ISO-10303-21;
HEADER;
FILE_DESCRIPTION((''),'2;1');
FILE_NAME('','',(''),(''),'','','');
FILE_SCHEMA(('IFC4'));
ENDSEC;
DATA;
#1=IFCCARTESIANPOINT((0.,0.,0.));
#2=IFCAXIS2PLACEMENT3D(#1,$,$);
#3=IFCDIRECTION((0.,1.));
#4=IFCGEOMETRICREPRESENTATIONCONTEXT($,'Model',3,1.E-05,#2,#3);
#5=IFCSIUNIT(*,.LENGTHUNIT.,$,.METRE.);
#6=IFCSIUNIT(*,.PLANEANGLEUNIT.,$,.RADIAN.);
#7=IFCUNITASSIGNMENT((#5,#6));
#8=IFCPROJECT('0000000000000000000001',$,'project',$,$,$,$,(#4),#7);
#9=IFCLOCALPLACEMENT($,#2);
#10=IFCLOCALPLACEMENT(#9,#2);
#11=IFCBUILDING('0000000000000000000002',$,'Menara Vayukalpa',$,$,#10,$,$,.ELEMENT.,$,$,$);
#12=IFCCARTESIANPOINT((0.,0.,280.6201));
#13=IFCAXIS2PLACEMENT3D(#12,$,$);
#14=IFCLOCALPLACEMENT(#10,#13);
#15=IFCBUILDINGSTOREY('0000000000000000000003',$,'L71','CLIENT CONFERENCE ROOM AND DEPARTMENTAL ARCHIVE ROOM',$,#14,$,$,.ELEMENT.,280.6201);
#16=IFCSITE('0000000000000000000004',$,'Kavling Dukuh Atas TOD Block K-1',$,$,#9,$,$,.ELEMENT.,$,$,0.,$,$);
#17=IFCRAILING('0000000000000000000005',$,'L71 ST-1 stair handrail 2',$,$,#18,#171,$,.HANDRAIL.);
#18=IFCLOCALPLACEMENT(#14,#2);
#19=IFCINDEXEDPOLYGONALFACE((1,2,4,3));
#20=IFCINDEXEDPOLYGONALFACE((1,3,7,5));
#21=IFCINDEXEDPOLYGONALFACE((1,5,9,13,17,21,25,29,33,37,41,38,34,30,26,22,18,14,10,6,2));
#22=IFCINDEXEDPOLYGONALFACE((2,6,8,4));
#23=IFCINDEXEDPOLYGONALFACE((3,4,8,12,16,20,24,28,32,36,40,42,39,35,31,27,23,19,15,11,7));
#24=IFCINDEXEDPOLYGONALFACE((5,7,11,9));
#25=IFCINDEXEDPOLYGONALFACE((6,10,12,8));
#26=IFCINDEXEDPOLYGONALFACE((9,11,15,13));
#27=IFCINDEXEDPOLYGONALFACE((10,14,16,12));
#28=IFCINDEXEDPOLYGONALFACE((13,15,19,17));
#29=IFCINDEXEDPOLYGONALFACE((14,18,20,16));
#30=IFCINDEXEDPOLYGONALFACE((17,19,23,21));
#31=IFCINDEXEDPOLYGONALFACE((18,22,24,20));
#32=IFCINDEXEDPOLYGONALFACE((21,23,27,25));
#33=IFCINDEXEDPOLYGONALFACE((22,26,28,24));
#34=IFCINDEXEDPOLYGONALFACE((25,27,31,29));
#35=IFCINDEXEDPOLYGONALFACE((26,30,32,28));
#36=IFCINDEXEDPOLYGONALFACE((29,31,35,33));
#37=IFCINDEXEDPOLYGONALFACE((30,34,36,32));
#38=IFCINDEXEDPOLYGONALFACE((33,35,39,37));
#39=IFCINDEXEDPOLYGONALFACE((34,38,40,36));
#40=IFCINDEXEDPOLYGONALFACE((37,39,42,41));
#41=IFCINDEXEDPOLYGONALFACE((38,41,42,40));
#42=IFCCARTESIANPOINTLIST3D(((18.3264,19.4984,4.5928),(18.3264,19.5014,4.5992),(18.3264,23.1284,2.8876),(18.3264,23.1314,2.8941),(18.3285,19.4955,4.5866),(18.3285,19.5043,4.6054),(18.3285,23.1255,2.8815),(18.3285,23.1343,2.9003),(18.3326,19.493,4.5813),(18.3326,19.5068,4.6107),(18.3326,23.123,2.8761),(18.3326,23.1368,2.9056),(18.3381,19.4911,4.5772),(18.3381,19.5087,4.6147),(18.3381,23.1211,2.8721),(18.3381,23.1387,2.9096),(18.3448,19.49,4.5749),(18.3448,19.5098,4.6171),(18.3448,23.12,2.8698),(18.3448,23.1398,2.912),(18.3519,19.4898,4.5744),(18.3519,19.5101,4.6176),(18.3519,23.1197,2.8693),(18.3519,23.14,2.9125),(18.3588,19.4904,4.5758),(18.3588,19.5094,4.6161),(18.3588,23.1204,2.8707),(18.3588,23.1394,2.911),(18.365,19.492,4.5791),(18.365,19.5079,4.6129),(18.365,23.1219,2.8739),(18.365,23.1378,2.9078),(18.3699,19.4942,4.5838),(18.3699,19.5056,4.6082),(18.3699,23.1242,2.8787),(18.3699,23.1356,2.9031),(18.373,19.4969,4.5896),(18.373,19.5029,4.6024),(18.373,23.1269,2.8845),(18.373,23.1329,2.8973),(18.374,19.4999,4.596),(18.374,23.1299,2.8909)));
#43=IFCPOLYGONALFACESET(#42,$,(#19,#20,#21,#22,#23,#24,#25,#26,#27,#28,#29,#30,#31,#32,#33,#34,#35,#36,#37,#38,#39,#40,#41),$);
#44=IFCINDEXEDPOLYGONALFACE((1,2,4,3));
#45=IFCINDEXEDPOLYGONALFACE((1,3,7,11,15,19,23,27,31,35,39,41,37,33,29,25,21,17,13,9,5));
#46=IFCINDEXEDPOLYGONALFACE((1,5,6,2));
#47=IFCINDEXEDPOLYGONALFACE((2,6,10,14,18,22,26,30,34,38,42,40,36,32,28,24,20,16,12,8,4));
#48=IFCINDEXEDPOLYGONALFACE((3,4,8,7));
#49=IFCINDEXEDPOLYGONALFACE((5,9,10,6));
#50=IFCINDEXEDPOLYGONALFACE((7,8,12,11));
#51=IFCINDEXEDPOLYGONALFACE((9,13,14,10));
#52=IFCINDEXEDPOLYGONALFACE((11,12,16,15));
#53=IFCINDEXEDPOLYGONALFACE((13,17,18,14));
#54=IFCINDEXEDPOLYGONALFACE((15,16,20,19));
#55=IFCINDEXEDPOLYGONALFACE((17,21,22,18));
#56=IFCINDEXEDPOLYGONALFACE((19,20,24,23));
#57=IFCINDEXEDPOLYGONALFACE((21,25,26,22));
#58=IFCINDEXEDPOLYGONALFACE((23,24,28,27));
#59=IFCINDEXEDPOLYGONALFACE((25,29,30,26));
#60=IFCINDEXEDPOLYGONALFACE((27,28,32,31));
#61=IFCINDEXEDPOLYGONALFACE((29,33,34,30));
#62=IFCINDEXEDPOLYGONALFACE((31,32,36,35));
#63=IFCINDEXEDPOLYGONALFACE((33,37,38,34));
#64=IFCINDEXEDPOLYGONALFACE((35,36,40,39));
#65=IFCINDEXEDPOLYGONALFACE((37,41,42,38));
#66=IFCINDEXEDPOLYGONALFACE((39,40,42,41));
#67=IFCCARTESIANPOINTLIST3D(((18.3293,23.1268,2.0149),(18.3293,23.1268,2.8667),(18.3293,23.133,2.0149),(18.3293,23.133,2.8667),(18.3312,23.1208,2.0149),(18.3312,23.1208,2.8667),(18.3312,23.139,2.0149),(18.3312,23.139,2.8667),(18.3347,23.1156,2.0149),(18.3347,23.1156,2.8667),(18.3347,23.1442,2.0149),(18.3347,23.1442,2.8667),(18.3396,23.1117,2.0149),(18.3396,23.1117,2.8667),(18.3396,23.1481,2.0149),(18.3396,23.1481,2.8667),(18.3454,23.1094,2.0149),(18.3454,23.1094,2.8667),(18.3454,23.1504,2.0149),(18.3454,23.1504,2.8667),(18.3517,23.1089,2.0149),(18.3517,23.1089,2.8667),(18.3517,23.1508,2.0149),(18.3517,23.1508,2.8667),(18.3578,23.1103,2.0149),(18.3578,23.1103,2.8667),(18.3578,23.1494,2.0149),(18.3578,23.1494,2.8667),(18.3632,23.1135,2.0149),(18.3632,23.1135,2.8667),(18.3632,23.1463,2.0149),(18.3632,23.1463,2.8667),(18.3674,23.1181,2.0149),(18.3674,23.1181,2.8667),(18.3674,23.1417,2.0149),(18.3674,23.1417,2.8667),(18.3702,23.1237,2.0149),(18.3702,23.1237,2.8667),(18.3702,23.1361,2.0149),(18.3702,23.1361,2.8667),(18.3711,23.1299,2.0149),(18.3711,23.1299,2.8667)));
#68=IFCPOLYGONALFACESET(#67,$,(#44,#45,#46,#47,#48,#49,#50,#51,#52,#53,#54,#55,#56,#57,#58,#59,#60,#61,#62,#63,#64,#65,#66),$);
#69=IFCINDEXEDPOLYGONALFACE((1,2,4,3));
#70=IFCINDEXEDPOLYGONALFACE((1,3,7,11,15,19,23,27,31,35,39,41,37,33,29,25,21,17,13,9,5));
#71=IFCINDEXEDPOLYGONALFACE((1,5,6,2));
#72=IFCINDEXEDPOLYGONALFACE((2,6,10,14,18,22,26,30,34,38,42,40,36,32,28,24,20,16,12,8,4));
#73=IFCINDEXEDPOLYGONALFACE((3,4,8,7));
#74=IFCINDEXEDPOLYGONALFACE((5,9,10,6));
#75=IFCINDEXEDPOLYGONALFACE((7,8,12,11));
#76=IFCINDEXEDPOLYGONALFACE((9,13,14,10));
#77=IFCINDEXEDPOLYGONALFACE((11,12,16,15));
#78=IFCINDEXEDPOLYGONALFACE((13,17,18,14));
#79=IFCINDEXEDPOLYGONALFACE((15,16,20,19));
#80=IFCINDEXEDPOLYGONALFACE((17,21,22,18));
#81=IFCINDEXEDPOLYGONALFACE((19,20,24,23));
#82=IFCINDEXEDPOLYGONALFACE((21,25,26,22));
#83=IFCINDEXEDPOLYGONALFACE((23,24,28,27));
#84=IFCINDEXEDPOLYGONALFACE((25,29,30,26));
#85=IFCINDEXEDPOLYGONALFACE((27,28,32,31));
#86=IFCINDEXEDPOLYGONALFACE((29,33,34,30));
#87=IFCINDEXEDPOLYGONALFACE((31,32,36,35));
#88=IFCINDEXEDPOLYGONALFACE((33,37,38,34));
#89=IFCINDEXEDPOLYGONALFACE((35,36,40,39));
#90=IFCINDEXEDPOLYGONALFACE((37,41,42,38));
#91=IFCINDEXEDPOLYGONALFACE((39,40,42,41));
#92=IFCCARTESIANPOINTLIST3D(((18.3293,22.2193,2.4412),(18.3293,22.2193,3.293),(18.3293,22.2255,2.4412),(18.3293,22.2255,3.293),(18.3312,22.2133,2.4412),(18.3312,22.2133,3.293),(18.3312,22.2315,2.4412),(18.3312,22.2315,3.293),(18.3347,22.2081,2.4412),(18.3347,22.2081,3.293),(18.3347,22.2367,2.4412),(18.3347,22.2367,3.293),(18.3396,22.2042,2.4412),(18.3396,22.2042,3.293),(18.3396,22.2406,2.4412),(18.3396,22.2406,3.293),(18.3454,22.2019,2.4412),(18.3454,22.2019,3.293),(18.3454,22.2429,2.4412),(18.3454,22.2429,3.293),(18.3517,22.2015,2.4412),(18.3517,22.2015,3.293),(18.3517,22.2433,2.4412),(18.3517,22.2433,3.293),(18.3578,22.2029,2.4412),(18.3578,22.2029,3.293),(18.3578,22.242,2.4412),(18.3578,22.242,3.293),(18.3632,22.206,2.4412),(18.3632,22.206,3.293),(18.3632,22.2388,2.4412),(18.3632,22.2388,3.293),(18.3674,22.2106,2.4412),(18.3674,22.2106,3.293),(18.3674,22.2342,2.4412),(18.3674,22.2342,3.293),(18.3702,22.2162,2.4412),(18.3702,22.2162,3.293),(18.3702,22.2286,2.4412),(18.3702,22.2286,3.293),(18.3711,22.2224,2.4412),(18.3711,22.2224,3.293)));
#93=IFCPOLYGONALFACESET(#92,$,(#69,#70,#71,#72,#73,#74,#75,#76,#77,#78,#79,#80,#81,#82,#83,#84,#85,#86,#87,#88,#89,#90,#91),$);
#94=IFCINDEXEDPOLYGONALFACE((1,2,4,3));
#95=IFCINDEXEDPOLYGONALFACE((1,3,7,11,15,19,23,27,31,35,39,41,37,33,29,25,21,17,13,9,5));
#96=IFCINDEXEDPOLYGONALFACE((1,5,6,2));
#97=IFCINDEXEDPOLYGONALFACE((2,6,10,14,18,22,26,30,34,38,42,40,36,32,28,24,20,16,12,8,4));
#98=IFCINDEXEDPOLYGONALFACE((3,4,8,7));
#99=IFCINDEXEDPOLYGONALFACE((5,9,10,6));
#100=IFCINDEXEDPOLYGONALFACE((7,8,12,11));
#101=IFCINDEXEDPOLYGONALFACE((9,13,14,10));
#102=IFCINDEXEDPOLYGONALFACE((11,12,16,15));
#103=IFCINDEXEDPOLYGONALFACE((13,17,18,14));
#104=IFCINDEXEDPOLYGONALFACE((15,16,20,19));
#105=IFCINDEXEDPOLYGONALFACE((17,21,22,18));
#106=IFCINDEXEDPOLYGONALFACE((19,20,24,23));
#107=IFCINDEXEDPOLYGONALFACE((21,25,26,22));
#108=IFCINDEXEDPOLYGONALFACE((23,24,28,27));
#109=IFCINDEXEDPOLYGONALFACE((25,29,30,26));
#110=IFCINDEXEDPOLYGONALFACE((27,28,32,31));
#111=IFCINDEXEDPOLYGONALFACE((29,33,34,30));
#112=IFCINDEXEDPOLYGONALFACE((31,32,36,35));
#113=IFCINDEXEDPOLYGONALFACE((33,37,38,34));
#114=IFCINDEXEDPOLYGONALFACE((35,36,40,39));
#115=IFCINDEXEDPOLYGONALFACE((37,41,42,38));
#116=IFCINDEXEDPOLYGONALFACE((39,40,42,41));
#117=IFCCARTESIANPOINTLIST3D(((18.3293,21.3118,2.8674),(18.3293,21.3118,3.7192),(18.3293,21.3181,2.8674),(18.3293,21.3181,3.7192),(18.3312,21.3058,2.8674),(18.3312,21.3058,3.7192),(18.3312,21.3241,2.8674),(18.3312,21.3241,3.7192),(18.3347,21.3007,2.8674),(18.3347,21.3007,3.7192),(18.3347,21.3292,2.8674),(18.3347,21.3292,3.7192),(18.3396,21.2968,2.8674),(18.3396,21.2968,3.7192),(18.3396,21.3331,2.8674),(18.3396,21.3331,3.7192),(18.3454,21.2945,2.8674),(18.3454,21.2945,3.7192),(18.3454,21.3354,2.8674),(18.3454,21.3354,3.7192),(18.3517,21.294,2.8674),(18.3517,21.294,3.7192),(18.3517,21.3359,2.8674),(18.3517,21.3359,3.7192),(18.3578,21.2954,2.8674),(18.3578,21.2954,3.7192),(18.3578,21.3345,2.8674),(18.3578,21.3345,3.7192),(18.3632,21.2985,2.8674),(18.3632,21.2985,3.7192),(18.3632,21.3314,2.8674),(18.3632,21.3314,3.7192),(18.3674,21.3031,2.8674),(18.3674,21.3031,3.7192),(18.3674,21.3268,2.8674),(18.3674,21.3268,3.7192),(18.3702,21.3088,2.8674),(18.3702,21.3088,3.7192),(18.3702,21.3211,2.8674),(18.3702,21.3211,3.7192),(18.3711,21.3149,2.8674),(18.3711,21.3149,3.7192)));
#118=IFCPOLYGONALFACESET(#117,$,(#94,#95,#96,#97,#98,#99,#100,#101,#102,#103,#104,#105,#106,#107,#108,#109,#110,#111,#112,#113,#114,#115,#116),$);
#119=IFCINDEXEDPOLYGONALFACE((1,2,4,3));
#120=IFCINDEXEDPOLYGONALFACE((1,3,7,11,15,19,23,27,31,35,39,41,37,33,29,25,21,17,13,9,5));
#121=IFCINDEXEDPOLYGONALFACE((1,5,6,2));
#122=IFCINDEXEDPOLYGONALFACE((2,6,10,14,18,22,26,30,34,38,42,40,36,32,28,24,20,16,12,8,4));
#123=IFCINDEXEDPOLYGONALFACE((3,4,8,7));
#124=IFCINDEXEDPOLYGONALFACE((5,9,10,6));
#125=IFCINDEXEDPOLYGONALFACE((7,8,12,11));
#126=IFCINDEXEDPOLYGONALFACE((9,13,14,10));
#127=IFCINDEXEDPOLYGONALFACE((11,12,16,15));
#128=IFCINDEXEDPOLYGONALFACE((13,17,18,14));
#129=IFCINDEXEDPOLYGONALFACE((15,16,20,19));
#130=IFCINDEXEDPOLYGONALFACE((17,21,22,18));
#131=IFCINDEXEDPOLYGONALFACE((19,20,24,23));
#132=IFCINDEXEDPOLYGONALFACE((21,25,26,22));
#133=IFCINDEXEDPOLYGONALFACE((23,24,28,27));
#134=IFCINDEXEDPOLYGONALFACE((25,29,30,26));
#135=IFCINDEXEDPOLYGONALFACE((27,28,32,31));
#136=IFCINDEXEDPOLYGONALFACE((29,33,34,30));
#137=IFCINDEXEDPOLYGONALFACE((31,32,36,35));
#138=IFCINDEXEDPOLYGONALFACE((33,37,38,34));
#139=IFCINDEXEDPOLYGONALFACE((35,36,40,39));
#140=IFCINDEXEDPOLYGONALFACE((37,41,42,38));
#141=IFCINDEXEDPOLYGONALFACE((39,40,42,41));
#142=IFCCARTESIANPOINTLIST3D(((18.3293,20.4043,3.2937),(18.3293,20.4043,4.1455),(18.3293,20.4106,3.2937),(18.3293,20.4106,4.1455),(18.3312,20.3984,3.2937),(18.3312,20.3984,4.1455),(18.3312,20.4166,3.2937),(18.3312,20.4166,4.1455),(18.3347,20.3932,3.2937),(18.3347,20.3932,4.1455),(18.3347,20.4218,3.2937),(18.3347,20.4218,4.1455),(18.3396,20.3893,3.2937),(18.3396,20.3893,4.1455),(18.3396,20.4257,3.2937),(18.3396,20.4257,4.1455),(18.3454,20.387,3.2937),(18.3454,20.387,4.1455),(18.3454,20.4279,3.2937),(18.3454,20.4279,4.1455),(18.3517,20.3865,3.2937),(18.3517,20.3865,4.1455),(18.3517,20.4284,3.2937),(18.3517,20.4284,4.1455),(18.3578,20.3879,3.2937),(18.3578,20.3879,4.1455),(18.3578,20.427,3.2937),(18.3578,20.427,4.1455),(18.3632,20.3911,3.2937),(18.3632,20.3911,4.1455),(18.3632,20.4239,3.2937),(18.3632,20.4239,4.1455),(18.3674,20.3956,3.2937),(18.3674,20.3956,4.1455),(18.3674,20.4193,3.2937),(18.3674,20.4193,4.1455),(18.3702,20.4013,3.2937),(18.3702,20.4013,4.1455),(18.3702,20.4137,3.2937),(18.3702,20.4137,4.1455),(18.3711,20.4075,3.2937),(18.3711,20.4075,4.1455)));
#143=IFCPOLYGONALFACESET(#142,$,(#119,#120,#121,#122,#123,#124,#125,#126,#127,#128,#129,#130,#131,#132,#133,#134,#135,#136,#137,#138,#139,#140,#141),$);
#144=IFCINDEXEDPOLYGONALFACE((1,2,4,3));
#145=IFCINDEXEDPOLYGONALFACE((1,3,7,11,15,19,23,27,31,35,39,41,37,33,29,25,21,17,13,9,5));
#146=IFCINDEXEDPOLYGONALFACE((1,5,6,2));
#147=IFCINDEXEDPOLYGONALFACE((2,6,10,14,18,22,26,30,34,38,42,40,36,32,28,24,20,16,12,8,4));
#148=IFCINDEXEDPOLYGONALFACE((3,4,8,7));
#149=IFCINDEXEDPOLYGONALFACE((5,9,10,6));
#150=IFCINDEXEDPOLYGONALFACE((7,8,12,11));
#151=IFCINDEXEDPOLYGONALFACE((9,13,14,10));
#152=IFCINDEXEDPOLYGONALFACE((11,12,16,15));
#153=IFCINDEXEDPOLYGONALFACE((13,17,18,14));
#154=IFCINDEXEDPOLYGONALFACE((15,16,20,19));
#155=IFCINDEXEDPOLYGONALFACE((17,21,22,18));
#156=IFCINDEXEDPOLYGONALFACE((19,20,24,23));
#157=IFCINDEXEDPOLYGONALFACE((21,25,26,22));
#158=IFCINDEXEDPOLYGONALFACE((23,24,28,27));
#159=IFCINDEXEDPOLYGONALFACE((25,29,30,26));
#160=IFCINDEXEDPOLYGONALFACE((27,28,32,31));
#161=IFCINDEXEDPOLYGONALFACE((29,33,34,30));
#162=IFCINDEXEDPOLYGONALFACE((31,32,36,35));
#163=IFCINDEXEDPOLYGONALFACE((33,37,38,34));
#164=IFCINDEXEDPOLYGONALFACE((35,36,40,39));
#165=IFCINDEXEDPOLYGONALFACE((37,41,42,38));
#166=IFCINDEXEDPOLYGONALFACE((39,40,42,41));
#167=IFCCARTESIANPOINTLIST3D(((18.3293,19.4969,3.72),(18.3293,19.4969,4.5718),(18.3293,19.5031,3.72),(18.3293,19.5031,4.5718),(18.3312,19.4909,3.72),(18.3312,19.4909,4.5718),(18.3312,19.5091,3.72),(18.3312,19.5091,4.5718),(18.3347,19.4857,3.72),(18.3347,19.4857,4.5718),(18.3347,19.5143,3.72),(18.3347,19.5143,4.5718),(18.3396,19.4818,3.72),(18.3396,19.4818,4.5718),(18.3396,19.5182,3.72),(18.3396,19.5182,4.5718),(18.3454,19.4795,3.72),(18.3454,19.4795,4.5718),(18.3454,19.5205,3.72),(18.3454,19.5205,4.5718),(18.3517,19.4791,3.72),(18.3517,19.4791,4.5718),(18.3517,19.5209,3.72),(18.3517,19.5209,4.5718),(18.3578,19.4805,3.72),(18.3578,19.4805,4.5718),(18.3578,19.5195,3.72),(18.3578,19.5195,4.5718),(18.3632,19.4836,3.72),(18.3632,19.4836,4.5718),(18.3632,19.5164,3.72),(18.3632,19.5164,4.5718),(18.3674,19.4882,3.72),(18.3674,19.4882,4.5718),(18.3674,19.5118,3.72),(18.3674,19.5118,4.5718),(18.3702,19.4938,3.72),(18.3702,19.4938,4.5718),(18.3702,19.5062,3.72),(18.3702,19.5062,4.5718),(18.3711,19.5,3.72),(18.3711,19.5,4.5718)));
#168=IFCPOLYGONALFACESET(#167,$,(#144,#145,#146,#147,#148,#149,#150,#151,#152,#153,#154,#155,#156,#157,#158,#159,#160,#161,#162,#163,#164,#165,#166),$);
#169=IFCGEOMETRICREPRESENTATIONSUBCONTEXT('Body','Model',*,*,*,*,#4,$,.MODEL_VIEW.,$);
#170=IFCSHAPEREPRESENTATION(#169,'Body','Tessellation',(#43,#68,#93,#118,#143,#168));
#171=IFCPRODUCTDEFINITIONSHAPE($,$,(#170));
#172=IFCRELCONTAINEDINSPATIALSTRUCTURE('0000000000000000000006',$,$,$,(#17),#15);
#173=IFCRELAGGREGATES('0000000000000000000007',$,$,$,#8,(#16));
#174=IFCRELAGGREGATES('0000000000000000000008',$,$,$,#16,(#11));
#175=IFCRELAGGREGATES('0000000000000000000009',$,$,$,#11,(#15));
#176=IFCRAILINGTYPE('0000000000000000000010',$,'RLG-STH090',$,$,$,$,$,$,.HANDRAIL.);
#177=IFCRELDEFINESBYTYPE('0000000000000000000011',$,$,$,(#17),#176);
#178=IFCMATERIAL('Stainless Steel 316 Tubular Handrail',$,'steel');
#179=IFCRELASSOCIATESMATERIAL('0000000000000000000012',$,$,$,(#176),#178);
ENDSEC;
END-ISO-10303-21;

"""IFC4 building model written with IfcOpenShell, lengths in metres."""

from ifc_helpers import new_model, si_unit, direction, frame, origin, origin_2d, place, context, subcontext, project, spatial, circle, extrude, material, type_object, element, save


model = new_model("IFC4")

# Units and contexts
model_context = context("Model", 3, precision=1e-05, world=origin(), true_north=direction((0.0, 1.0)))
body_context = subcontext(model_context, "Body", "Model", "MODEL_VIEW")
ifc_project = project(units=[si_unit("LENGTHUNIT", "METRE"), si_unit("PLANEANGLEUNIT", "RADIAN")], contexts=[model_context])

# Site, building, storey
site_placement = place(None, origin())
site = spatial("IfcSite", under=ifc_project, at=site_placement, Name="Kavling Dukuh Atas TOD Block K-1", CompositionType="ELEMENT", RefElevation=0.0)
building_placement = place(site_placement, origin())
building = spatial("IfcBuilding", under=site, at=building_placement, Name="Menara Vayukalpa", CompositionType="ELEMENT")
storey_placement = place(building_placement, frame((0.0, 0.0, 280.6201)))
storey = spatial("IfcBuildingStorey", under=building, at=storey_placement, Name="L71", Description="CLIENT CONFERENCE ROOM AND DEPARTMENTAL ARCHIVE ROOM", CompositionType="ELEMENT", Elevation=280.6201)

# Railing
ifc_material_1 = material(Name="Stainless Steel 316 Tubular Handrail", Category="steel")
railing_type_1 = type_object("IfcRailingType", Name="RLG-STH090", PredefinedType="HANDRAIL", material=ifc_material_1)
railing_1_placement = place(storey_placement, frame((18.3501, 23.1299, 2.0149)))
element("IfcRailing", 1, at=railing_1_placement, inside=storey, type_object=railing_type_1, Name="L71 ST-1 stair handrail 2", PredefinedType="HANDRAIL", context=body_context, shape_type="SweptSolid", body=[
    extrude(circle(Radius=0.0239, at=origin_2d()), frame((0.0, 0.0, 0.876), z_axis=(0.0, -0.905116, 0.425164), x_axis=(1.0, 0.0, 0.0)), (0.0, 0.0, 1.0), 4.0105),
    extrude(circle(Radius=0.021, at=origin_2d()), origin(), (0.0, 0.0, 1.0), 0.8518),
    extrude(circle(Radius=0.021, at=origin_2d()), frame((0.0, -0.9075, 0.4263)), (0.0, 0.0, 1.0), 0.8518),
    extrude(circle(Radius=0.021, at=origin_2d()), frame((0.0, -1.8149, 0.8525)), (0.0, 0.0, 1.0), 0.8518),
    extrude(circle(Radius=0.021, at=origin_2d()), frame((0.0, -2.7224, 1.2788)), (0.0, 0.0, 1.0), 0.8518),
    extrude(circle(Radius=0.021, at=origin_2d()), frame((0.0, -3.6299, 1.7051)), (0.0, 0.0, 1.0), 0.8518),
])

save(model, "model.ifc")
